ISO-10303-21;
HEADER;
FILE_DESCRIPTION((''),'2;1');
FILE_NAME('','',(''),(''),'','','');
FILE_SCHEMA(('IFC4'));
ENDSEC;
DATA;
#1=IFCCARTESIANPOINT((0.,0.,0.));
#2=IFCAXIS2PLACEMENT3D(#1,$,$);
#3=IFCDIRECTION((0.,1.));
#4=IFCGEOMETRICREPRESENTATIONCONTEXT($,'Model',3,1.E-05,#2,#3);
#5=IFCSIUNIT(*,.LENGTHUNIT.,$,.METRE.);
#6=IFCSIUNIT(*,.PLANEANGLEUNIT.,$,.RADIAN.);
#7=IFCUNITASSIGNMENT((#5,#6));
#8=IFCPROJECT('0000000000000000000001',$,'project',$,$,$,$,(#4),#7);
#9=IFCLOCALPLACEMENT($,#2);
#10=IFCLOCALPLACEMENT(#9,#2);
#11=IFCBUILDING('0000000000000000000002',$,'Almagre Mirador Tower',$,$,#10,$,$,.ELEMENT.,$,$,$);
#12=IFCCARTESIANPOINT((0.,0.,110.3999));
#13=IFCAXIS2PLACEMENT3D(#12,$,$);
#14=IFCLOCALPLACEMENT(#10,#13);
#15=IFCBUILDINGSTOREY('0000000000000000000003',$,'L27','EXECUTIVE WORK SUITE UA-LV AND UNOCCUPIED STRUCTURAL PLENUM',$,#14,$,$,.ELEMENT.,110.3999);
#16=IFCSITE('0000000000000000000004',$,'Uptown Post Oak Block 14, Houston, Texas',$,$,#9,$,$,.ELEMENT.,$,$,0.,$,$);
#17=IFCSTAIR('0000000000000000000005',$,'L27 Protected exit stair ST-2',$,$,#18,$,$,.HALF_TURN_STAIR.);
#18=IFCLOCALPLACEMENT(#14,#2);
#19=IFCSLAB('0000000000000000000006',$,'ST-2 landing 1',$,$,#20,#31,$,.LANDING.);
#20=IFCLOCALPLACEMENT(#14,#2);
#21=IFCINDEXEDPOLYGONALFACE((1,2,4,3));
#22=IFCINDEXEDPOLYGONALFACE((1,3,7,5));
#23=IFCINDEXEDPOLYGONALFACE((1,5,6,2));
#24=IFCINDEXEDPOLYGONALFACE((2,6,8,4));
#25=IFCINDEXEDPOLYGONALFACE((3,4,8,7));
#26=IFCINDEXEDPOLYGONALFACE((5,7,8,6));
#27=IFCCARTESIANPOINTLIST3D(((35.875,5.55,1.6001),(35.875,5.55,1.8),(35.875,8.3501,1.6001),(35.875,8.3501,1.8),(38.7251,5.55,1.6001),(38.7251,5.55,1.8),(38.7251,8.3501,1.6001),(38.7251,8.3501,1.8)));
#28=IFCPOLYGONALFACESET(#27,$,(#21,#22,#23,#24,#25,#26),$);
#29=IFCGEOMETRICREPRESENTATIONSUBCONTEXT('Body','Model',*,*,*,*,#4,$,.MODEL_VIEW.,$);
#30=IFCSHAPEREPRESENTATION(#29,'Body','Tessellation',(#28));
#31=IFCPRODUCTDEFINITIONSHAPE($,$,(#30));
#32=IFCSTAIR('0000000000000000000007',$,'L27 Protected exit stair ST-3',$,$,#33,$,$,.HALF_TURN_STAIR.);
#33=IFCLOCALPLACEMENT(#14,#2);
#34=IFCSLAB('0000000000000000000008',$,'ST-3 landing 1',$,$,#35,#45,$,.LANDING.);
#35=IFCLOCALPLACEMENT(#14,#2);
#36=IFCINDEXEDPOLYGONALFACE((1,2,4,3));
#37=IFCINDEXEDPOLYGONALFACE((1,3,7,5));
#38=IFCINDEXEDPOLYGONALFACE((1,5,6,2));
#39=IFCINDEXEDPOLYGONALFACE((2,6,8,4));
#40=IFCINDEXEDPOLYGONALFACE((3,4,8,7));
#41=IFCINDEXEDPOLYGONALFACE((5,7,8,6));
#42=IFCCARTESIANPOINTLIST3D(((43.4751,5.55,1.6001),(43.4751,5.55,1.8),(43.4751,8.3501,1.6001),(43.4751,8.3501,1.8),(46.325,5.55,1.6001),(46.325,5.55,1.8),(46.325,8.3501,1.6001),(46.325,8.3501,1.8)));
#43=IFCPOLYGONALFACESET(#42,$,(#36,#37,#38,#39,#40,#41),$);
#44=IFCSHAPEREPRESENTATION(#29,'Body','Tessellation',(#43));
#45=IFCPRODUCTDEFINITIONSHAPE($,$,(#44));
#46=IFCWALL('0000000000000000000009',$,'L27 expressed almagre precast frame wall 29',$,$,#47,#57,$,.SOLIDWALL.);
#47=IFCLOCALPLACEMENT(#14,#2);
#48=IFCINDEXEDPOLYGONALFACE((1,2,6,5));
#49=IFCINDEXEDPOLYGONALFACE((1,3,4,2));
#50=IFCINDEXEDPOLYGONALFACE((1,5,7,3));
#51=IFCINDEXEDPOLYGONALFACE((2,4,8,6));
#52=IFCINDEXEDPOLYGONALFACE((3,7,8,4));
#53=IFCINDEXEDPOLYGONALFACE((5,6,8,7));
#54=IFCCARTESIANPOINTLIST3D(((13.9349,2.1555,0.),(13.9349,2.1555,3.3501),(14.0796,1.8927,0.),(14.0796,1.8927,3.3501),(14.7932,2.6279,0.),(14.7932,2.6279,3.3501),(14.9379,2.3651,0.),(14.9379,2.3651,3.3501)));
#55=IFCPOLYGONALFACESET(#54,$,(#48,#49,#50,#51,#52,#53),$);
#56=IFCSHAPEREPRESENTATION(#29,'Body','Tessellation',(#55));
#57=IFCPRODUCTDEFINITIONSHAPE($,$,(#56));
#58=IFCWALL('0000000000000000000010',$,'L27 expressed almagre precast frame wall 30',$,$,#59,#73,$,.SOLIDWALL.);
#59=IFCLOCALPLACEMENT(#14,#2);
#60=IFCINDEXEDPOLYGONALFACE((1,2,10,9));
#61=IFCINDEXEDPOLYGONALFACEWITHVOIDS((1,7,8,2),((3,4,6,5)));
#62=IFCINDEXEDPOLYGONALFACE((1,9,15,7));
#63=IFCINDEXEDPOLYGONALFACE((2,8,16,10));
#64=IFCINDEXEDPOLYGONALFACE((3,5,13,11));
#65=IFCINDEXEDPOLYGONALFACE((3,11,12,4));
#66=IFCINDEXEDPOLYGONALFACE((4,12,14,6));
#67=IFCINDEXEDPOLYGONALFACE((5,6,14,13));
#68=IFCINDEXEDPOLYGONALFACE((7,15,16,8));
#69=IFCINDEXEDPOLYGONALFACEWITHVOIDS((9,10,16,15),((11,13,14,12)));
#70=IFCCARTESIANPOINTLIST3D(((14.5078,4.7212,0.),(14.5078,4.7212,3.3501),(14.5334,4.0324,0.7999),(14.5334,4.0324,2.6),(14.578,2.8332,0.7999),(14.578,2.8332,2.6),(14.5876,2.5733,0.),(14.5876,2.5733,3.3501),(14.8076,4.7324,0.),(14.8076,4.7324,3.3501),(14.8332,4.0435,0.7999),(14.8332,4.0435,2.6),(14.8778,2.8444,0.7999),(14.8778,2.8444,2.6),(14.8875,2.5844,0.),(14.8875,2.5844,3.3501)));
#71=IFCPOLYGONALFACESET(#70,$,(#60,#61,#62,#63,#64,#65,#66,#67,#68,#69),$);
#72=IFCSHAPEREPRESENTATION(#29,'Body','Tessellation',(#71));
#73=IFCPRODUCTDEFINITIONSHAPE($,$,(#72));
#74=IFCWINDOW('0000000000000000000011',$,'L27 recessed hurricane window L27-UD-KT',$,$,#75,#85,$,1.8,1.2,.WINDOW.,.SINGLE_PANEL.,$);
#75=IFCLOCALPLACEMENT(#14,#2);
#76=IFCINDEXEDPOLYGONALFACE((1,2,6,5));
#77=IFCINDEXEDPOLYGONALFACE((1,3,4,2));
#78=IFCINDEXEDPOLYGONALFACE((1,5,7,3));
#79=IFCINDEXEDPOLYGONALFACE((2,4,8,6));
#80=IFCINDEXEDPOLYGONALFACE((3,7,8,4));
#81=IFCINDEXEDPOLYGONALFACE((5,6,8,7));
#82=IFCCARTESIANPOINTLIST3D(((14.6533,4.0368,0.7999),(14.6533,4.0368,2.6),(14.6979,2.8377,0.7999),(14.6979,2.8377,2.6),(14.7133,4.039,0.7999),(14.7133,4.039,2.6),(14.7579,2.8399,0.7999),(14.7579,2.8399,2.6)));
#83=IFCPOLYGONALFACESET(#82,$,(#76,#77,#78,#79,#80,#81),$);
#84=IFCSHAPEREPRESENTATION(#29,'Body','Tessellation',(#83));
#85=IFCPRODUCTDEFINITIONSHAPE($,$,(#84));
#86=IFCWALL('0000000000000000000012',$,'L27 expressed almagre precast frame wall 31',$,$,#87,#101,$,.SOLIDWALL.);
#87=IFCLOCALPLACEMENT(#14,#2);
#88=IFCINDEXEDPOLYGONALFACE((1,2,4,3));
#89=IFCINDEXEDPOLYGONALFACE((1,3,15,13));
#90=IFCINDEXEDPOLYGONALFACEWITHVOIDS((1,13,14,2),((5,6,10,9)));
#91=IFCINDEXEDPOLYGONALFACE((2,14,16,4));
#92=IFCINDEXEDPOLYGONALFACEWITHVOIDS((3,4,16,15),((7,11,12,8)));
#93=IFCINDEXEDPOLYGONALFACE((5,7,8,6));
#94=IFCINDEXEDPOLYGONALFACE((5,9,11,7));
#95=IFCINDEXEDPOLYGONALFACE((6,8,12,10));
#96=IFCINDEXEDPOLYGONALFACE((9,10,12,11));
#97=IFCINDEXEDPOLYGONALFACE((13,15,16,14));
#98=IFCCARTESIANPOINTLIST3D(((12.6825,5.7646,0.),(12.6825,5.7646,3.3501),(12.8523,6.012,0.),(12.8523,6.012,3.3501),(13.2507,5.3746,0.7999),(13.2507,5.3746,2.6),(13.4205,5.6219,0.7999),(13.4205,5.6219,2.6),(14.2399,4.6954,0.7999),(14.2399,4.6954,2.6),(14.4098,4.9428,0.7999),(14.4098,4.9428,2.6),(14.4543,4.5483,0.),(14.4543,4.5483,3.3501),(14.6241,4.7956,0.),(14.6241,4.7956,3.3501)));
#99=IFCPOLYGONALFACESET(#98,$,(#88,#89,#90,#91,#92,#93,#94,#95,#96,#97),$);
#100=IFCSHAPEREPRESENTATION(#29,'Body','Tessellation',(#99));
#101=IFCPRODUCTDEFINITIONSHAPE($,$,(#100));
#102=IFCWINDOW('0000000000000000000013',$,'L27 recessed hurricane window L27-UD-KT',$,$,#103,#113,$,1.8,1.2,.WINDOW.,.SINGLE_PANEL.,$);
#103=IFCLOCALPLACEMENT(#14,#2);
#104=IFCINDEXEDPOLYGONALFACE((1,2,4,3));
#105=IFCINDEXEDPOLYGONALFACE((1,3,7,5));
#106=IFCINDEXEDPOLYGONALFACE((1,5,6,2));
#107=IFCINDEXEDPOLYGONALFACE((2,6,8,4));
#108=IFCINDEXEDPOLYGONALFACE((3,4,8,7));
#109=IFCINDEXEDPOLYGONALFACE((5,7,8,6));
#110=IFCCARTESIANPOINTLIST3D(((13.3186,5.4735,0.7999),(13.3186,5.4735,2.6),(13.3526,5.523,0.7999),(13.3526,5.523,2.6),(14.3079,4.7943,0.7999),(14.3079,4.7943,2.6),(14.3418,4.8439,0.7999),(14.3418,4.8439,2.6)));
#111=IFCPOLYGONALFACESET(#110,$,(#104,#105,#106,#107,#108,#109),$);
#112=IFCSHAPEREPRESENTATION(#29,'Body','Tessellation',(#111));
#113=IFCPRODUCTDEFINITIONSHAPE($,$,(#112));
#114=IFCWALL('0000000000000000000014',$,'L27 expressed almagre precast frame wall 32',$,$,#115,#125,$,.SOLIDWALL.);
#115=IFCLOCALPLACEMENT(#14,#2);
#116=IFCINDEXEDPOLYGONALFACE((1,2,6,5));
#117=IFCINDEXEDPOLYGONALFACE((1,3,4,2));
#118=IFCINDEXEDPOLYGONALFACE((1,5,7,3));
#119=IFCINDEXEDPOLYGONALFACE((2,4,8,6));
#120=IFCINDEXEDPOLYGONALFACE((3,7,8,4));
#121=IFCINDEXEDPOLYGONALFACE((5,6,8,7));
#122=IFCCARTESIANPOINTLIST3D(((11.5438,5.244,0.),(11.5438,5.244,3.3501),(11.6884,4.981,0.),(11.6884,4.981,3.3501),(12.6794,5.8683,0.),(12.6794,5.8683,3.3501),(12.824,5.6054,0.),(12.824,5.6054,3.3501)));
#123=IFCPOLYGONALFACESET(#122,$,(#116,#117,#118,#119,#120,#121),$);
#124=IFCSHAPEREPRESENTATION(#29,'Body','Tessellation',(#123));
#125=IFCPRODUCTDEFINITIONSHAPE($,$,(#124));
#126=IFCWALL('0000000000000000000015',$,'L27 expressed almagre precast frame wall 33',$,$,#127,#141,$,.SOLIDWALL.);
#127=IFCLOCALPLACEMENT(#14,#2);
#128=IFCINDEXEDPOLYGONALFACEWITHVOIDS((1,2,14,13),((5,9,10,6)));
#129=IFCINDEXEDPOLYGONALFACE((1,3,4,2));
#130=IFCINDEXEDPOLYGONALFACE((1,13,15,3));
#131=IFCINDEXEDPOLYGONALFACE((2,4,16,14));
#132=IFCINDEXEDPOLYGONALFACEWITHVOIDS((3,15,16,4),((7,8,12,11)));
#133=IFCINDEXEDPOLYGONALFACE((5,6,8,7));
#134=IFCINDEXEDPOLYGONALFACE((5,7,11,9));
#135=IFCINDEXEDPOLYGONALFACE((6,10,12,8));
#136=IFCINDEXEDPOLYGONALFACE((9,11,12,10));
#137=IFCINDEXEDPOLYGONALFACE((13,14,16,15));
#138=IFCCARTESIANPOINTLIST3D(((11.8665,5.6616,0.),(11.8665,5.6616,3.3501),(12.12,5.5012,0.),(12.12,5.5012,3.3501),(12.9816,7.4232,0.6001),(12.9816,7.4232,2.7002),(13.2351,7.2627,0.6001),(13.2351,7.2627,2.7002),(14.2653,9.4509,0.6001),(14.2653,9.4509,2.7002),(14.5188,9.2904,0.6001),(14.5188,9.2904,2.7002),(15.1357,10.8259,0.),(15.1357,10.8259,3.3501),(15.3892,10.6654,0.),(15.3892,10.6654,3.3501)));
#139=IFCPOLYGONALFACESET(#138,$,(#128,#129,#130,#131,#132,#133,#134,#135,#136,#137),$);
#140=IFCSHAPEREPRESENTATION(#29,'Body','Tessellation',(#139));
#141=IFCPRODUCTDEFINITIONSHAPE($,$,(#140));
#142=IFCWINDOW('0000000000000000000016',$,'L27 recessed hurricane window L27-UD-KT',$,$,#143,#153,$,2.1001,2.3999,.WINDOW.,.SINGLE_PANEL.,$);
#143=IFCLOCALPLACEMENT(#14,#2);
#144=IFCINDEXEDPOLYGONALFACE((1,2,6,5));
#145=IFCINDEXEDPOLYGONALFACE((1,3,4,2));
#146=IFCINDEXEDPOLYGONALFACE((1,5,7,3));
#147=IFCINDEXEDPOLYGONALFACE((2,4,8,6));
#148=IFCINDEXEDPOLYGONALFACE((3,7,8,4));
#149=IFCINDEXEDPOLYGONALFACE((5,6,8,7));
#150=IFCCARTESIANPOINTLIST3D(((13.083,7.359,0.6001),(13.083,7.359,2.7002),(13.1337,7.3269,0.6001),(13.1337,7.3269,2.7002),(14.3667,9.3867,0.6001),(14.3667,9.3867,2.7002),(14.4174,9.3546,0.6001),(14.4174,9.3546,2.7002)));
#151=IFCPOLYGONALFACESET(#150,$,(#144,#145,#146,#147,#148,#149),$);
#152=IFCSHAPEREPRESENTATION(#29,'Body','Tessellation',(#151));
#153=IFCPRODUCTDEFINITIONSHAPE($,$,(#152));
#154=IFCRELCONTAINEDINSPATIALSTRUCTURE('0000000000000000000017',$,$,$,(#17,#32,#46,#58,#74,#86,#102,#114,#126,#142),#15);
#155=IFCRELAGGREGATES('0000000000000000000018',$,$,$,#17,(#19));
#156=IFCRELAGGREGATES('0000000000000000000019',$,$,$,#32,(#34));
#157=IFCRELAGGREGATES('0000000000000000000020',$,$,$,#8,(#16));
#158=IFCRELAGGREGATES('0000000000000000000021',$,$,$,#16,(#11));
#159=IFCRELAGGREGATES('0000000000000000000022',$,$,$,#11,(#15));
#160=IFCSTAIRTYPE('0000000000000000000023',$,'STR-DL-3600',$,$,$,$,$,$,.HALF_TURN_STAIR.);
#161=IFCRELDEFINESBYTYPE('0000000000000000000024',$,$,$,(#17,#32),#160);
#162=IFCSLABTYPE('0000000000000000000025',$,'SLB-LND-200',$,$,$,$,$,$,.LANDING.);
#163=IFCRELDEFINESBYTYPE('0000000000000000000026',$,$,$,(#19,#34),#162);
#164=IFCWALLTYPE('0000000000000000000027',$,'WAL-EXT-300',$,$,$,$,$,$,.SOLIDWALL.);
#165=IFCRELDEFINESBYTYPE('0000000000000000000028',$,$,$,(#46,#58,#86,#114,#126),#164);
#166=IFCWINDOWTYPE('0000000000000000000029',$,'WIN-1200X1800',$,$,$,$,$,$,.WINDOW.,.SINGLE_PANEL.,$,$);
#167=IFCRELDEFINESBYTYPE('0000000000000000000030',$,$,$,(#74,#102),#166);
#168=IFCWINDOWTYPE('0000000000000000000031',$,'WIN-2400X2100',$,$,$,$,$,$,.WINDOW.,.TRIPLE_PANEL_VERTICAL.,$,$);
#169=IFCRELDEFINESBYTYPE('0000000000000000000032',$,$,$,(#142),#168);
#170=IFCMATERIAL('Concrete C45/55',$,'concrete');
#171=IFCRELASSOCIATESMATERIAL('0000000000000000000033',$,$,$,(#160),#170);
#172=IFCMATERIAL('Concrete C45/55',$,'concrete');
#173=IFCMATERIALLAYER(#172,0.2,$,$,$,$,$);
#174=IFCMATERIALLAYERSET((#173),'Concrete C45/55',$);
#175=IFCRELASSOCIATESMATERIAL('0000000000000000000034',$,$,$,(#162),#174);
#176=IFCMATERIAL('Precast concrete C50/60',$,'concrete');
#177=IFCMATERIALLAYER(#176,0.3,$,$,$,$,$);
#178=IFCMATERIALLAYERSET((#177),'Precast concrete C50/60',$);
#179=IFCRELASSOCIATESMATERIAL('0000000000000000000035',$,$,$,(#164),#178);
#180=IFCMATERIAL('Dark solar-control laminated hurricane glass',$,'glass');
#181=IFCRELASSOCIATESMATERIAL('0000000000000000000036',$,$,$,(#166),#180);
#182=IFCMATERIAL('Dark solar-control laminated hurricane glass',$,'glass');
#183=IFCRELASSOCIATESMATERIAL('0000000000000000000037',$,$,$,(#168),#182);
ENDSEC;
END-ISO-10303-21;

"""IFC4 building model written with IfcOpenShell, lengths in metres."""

from ifc_helpers import new_model, si_unit, direction, frame, frame_2d, origin, place, context, subcontext, project, spatial, polyline, rectangle, outline, extrude, material, layer, layer_set, type_object, element, fill, aggregate, save


model = new_model("IFC4")

# Units and contexts
model_context = context("Model", 3, precision=1e-05, world=origin(), true_north=direction((0.0, 1.0)))
body_context = subcontext(model_context, "Body", "Model", "MODEL_VIEW")
ifc_project = project(units=[si_unit("LENGTHUNIT", "METRE"), si_unit("PLANEANGLEUNIT", "RADIAN")], contexts=[model_context])

# Site, building, storey
site_placement = place(None, origin())
site = spatial("IfcSite", under=ifc_project, at=site_placement, Name="Uptown Post Oak Block 14, Houston, Texas", CompositionType="ELEMENT", RefElevation=0.0)
building_placement = place(site_placement, origin())
building = spatial("IfcBuilding", under=site, at=building_placement, Name="Almagre Mirador Tower", CompositionType="ELEMENT")
storey_placement = place(building_placement, frame((0.0, 0.0, 110.3999)))
storey = spatial("IfcBuildingStorey", under=building, at=storey_placement, Name="L27", Description="EXECUTIVE WORK SUITE UA-LV AND UNOCCUPIED STRUCTURAL PLENUM", CompositionType="ELEMENT", Elevation=110.3999)

# Stairs, slabs
ifc_material_1 = material(Name="Concrete C45/55", Category="concrete")
stair_type = type_object("IfcStairType", Name="STR-DL-3600", PredefinedType="HALF_TURN_STAIR", material=ifc_material_1)
ifc_material_2 = material(Name="Concrete C45/55", Category="concrete")
ifc_layer_1 = layer(ifc_material_2, 0.2)
ifc_layer_set_1 = layer_set([ifc_layer_1], Name="Concrete C45/55")
slab_type_1 = type_object("IfcSlabType", Name="SLB-LND-200", PredefinedType="LANDING", material=ifc_layer_set_1)
stair_1_placement = place(storey_placement, origin())
stair_1 = element("IfcStair", 1, at=stair_1_placement, inside=storey, type_object=stair_type, Name="L27 Protected exit stair ST-2", PredefinedType="HALF_TURN_STAIR")
slab_1_placement = place(storey_placement, frame((0.0, 0.0, 1.6001)))
slab_1 = element("IfcSlab", 2, at=slab_1_placement, type_object=slab_type_1, Name="ST-2 landing 1", PredefinedType="LANDING", context=body_context, shape_type="SweptSolid", body=[
    extrude(outline(polyline([(35.875, 8.3501), (35.875, 5.55), (38.7251, 5.55), (38.7251, 8.3501), (35.875, 8.3501)])), origin(), (0.0, 0.0, 1.0), 0.2),
])
aggregate(stair_1, [slab_1])
stair_2_placement = place(storey_placement, origin())
stair_2 = element("IfcStair", 3, at=stair_2_placement, inside=storey, type_object=stair_type, Name="L27 Protected exit stair ST-3", PredefinedType="HALF_TURN_STAIR")
slab_2_placement = place(storey_placement, frame((0.0, 0.0, 1.6001)))
slab_2 = element("IfcSlab", 4, at=slab_2_placement, type_object=slab_type_1, Name="ST-3 landing 1", PredefinedType="LANDING", context=body_context, shape_type="SweptSolid", body=[
    extrude(outline(polyline([(43.4751, 8.3501), (43.4751, 5.55), (46.325, 5.55), (46.325, 8.3501), (43.4751, 8.3501)])), origin(), (0.0, 0.0, 1.0), 0.2),
])
aggregate(stair_2, [slab_2])

# Wall
ifc_material_3 = material(Name="Precast concrete C50/60", Category="concrete")
ifc_layer_2 = layer(ifc_material_3, 0.3)
ifc_layer_set_2 = layer_set([ifc_layer_2], Name="Precast concrete C50/60")
wall_type_1 = type_object("IfcWallType", Name="WAL-EXT-300", PredefinedType="SOLIDWALL", material=ifc_layer_set_2)
wall_1_placement = place(storey_placement, frame((14.0073, 2.0242, 0.0), z_axis=(0.0, 0.0, 1.0), x_axis=(0.87609, 0.482148, 0.0)))
element("IfcWall", 5, at=wall_1_placement, inside=storey, type_object=wall_type_1, Name="L27 expressed almagre precast frame wall 29", PredefinedType="SOLIDWALL", context=body_context, shape_type="SweptSolid", body=[
    extrude(rectangle(XDim=0.9797, YDim=0.3, at=frame_2d((0.4897, 0.0))), origin(), (0.0, 0.0, 1.0), 3.3501),
])

# Walls, openings, windows
wall_2_placement = place(storey_placement, frame((14.7375, 2.5789, 0.0), z_axis=(0.0, 0.0, 1.0), x_axis=(-0.037142, 0.99931, 0.0)))
wall_2 = element("IfcWall", 6, at=wall_2_placement, inside=storey, type_object=wall_type_1, Name="L27 expressed almagre precast frame wall 30", PredefinedType="SOLIDWALL", context=body_context, shape_type="SweptSolid", body=[
    extrude(rectangle(XDim=2.1494, YDim=0.3, at=frame_2d((1.0747, 0.0))), origin(), (0.0, 0.0, 1.0), 3.3501),
])
opening_1_placement = place(wall_2_placement, frame((0.26, 0.0, 0.8)))
opening_1 = element("IfcOpeningElement", 7, at=opening_1_placement, cuts=wall_2, PredefinedType="OPENING", context=body_context, shape_type="SweptSolid", body=[
    extrude(rectangle(XDim=1.2, YDim=1.8, at=frame_2d((0.6001, 0.8999))), frame((0.0, 0.1599, 0.0), z_axis=(0.0, -1.0, 0.0), x_axis=(1.0, 0.0, 0.0)), (0.0, 0.0, 1.0), 0.32),
])
ifc_material_4 = material(Name="Dark solar-control laminated hurricane glass", Category="glass")
window_type_1 = type_object("IfcWindowType", Name="WIN-1200X1800", PartitioningType="SINGLE_PANEL", PredefinedType="WINDOW", material=ifc_material_4)
window_1_placement = place(opening_1_placement, origin())
window_1 = element("IfcWindow", 8, at=window_1_placement, inside=storey, type_object=window_type_1, Name="L27 recessed hurricane window L27-UD-KT", OverallHeight=1.8, OverallWidth=1.2, PartitioningType="SINGLE_PANEL", PredefinedType="WINDOW", context=body_context, shape_type="SweptSolid", body=[
    extrude(rectangle(XDim=1.2, YDim=1.8, at=frame_2d((0.6001, 0.8999))), frame((0.0, 0.03, 0.0), z_axis=(0.0, -1.0, 0.0), x_axis=(1.0, 0.0, 0.0)), (0.0, 0.0, 1.0), 0.0601),
])
fill(opening_1, window_1)
wall_3_placement = place(storey_placement, frame((14.5393, 4.6719, 0.0), z_axis=(0.0, 0.0, 1.0), x_axis=(-0.824423, 0.565974, 0.0)))
wall_3 = element("IfcWall", 9, at=wall_3_placement, inside=storey, type_object=wall_type_1, Name="L27 expressed almagre precast frame wall 31", PredefinedType="SOLIDWALL", context=body_context, shape_type="SweptSolid", body=[
    extrude(rectangle(XDim=2.1492, YDim=0.3, at=frame_2d((1.0747, 0.0))), origin(), (0.0, 0.0, 1.0), 3.3501),
])
opening_2_placement = place(wall_3_placement, frame((0.26, 0.0, 0.8)))
opening_2 = element("IfcOpeningElement", 10, at=opening_2_placement, cuts=wall_3, PredefinedType="OPENING", context=body_context, shape_type="SweptSolid", body=[
    extrude(rectangle(XDim=1.2, YDim=1.8, at=frame_2d((0.6001, 0.8999))), frame((0.0, 0.1599, 0.0), z_axis=(0.0, -1.0, 0.0), x_axis=(1.0, 0.0, 0.0)), (0.0, 0.0, 1.0), 0.32),
])
window_2_placement = place(opening_2_placement, origin())
window_2 = element("IfcWindow", 11, at=window_2_placement, inside=storey, type_object=window_type_1, Name="L27 recessed hurricane window L27-UD-KT", OverallHeight=1.8, OverallWidth=1.2, PartitioningType="SINGLE_PANEL", PredefinedType="WINDOW", context=body_context, shape_type="SweptSolid", body=[
    extrude(rectangle(XDim=1.2, YDim=1.8, at=frame_2d((0.6001, 0.8999))), frame((0.0, 0.03, 0.0), z_axis=(0.0, -1.0, 0.0), x_axis=(1.0, 0.0, 0.0)), (0.0, 0.0, 1.0), 0.0601),
])
fill(opening_2, window_2)

# Wall
wall_4_placement = place(storey_placement, frame((12.7517, 5.7368, 0.0), z_axis=(0.0, 0.0, 1.0), x_axis=(-0.876299, -0.481767, 0.0)))
element("IfcWall", 12, at=wall_4_placement, inside=storey, type_object=wall_type_1, Name="L27 expressed almagre precast frame wall 32", PredefinedType="SOLIDWALL", context=body_context, shape_type="SweptSolid", body=[
    extrude(rectangle(XDim=1.2959, YDim=0.3, at=frame_2d((0.6479, 0.0))), origin(), (0.0, 0.0, 1.0), 3.3501),
])

# Wall, opening, window
wall_5_placement = place(storey_placement, frame((11.9932, 5.5813, 0.0), z_axis=(0.0, 0.0, 1.0), x_axis=(0.534884, 0.844926, 0.0)))
wall_5 = element("IfcWall", 13, at=wall_5_placement, inside=storey, type_object=wall_type_1, Name="L27 expressed almagre precast frame wall 33", PredefinedType="SOLIDWALL", context=body_context, shape_type="SweptSolid", body=[
    extrude(rectangle(XDim=6.1121, YDim=0.3, at=frame_2d((3.0562, 0.0))), origin(), (0.0, 0.0, 1.0), 3.3501),
])
opening_3_placement = place(wall_5_placement, frame((2.085, 0.0, 0.6001)))
opening_3 = element("IfcOpeningElement", 14, at=opening_3_placement, cuts=wall_5, PredefinedType="OPENING", context=body_context, shape_type="SweptSolid", body=[
    extrude(rectangle(XDim=2.3999, YDim=2.1001, at=frame_2d((1.2, 1.05))), frame((0.0, 0.1599, 0.0), z_axis=(0.0, -1.0, 0.0), x_axis=(1.0, 0.0, 0.0)), (0.0, 0.0, 1.0), 0.32),
])
ifc_material_5 = material(Name="Dark solar-control laminated hurricane glass", Category="glass")
window_type_2 = type_object("IfcWindowType", Name="WIN-2400X2100", PartitioningType="TRIPLE_PANEL_VERTICAL", PredefinedType="WINDOW", material=ifc_material_5)
window_3_placement = place(opening_3_placement, origin())
window_3 = element("IfcWindow", 15, at=window_3_placement, inside=storey, type_object=window_type_2, Name="L27 recessed hurricane window L27-UD-KT", OverallHeight=2.1001, OverallWidth=2.3999, PartitioningType="SINGLE_PANEL", PredefinedType="WINDOW", context=body_context, shape_type="SweptSolid", body=[
    extrude(rectangle(XDim=2.3999, YDim=2.1001, at=frame_2d((1.2, 1.05))), frame((0.0, 0.03, 0.0), z_axis=(0.0, -1.0, 0.0), x_axis=(1.0, 0.0, 0.0)), (0.0, 0.0, 1.0), 0.0601),
])
fill(opening_3, window_3)

save(model, "model.ifc")
